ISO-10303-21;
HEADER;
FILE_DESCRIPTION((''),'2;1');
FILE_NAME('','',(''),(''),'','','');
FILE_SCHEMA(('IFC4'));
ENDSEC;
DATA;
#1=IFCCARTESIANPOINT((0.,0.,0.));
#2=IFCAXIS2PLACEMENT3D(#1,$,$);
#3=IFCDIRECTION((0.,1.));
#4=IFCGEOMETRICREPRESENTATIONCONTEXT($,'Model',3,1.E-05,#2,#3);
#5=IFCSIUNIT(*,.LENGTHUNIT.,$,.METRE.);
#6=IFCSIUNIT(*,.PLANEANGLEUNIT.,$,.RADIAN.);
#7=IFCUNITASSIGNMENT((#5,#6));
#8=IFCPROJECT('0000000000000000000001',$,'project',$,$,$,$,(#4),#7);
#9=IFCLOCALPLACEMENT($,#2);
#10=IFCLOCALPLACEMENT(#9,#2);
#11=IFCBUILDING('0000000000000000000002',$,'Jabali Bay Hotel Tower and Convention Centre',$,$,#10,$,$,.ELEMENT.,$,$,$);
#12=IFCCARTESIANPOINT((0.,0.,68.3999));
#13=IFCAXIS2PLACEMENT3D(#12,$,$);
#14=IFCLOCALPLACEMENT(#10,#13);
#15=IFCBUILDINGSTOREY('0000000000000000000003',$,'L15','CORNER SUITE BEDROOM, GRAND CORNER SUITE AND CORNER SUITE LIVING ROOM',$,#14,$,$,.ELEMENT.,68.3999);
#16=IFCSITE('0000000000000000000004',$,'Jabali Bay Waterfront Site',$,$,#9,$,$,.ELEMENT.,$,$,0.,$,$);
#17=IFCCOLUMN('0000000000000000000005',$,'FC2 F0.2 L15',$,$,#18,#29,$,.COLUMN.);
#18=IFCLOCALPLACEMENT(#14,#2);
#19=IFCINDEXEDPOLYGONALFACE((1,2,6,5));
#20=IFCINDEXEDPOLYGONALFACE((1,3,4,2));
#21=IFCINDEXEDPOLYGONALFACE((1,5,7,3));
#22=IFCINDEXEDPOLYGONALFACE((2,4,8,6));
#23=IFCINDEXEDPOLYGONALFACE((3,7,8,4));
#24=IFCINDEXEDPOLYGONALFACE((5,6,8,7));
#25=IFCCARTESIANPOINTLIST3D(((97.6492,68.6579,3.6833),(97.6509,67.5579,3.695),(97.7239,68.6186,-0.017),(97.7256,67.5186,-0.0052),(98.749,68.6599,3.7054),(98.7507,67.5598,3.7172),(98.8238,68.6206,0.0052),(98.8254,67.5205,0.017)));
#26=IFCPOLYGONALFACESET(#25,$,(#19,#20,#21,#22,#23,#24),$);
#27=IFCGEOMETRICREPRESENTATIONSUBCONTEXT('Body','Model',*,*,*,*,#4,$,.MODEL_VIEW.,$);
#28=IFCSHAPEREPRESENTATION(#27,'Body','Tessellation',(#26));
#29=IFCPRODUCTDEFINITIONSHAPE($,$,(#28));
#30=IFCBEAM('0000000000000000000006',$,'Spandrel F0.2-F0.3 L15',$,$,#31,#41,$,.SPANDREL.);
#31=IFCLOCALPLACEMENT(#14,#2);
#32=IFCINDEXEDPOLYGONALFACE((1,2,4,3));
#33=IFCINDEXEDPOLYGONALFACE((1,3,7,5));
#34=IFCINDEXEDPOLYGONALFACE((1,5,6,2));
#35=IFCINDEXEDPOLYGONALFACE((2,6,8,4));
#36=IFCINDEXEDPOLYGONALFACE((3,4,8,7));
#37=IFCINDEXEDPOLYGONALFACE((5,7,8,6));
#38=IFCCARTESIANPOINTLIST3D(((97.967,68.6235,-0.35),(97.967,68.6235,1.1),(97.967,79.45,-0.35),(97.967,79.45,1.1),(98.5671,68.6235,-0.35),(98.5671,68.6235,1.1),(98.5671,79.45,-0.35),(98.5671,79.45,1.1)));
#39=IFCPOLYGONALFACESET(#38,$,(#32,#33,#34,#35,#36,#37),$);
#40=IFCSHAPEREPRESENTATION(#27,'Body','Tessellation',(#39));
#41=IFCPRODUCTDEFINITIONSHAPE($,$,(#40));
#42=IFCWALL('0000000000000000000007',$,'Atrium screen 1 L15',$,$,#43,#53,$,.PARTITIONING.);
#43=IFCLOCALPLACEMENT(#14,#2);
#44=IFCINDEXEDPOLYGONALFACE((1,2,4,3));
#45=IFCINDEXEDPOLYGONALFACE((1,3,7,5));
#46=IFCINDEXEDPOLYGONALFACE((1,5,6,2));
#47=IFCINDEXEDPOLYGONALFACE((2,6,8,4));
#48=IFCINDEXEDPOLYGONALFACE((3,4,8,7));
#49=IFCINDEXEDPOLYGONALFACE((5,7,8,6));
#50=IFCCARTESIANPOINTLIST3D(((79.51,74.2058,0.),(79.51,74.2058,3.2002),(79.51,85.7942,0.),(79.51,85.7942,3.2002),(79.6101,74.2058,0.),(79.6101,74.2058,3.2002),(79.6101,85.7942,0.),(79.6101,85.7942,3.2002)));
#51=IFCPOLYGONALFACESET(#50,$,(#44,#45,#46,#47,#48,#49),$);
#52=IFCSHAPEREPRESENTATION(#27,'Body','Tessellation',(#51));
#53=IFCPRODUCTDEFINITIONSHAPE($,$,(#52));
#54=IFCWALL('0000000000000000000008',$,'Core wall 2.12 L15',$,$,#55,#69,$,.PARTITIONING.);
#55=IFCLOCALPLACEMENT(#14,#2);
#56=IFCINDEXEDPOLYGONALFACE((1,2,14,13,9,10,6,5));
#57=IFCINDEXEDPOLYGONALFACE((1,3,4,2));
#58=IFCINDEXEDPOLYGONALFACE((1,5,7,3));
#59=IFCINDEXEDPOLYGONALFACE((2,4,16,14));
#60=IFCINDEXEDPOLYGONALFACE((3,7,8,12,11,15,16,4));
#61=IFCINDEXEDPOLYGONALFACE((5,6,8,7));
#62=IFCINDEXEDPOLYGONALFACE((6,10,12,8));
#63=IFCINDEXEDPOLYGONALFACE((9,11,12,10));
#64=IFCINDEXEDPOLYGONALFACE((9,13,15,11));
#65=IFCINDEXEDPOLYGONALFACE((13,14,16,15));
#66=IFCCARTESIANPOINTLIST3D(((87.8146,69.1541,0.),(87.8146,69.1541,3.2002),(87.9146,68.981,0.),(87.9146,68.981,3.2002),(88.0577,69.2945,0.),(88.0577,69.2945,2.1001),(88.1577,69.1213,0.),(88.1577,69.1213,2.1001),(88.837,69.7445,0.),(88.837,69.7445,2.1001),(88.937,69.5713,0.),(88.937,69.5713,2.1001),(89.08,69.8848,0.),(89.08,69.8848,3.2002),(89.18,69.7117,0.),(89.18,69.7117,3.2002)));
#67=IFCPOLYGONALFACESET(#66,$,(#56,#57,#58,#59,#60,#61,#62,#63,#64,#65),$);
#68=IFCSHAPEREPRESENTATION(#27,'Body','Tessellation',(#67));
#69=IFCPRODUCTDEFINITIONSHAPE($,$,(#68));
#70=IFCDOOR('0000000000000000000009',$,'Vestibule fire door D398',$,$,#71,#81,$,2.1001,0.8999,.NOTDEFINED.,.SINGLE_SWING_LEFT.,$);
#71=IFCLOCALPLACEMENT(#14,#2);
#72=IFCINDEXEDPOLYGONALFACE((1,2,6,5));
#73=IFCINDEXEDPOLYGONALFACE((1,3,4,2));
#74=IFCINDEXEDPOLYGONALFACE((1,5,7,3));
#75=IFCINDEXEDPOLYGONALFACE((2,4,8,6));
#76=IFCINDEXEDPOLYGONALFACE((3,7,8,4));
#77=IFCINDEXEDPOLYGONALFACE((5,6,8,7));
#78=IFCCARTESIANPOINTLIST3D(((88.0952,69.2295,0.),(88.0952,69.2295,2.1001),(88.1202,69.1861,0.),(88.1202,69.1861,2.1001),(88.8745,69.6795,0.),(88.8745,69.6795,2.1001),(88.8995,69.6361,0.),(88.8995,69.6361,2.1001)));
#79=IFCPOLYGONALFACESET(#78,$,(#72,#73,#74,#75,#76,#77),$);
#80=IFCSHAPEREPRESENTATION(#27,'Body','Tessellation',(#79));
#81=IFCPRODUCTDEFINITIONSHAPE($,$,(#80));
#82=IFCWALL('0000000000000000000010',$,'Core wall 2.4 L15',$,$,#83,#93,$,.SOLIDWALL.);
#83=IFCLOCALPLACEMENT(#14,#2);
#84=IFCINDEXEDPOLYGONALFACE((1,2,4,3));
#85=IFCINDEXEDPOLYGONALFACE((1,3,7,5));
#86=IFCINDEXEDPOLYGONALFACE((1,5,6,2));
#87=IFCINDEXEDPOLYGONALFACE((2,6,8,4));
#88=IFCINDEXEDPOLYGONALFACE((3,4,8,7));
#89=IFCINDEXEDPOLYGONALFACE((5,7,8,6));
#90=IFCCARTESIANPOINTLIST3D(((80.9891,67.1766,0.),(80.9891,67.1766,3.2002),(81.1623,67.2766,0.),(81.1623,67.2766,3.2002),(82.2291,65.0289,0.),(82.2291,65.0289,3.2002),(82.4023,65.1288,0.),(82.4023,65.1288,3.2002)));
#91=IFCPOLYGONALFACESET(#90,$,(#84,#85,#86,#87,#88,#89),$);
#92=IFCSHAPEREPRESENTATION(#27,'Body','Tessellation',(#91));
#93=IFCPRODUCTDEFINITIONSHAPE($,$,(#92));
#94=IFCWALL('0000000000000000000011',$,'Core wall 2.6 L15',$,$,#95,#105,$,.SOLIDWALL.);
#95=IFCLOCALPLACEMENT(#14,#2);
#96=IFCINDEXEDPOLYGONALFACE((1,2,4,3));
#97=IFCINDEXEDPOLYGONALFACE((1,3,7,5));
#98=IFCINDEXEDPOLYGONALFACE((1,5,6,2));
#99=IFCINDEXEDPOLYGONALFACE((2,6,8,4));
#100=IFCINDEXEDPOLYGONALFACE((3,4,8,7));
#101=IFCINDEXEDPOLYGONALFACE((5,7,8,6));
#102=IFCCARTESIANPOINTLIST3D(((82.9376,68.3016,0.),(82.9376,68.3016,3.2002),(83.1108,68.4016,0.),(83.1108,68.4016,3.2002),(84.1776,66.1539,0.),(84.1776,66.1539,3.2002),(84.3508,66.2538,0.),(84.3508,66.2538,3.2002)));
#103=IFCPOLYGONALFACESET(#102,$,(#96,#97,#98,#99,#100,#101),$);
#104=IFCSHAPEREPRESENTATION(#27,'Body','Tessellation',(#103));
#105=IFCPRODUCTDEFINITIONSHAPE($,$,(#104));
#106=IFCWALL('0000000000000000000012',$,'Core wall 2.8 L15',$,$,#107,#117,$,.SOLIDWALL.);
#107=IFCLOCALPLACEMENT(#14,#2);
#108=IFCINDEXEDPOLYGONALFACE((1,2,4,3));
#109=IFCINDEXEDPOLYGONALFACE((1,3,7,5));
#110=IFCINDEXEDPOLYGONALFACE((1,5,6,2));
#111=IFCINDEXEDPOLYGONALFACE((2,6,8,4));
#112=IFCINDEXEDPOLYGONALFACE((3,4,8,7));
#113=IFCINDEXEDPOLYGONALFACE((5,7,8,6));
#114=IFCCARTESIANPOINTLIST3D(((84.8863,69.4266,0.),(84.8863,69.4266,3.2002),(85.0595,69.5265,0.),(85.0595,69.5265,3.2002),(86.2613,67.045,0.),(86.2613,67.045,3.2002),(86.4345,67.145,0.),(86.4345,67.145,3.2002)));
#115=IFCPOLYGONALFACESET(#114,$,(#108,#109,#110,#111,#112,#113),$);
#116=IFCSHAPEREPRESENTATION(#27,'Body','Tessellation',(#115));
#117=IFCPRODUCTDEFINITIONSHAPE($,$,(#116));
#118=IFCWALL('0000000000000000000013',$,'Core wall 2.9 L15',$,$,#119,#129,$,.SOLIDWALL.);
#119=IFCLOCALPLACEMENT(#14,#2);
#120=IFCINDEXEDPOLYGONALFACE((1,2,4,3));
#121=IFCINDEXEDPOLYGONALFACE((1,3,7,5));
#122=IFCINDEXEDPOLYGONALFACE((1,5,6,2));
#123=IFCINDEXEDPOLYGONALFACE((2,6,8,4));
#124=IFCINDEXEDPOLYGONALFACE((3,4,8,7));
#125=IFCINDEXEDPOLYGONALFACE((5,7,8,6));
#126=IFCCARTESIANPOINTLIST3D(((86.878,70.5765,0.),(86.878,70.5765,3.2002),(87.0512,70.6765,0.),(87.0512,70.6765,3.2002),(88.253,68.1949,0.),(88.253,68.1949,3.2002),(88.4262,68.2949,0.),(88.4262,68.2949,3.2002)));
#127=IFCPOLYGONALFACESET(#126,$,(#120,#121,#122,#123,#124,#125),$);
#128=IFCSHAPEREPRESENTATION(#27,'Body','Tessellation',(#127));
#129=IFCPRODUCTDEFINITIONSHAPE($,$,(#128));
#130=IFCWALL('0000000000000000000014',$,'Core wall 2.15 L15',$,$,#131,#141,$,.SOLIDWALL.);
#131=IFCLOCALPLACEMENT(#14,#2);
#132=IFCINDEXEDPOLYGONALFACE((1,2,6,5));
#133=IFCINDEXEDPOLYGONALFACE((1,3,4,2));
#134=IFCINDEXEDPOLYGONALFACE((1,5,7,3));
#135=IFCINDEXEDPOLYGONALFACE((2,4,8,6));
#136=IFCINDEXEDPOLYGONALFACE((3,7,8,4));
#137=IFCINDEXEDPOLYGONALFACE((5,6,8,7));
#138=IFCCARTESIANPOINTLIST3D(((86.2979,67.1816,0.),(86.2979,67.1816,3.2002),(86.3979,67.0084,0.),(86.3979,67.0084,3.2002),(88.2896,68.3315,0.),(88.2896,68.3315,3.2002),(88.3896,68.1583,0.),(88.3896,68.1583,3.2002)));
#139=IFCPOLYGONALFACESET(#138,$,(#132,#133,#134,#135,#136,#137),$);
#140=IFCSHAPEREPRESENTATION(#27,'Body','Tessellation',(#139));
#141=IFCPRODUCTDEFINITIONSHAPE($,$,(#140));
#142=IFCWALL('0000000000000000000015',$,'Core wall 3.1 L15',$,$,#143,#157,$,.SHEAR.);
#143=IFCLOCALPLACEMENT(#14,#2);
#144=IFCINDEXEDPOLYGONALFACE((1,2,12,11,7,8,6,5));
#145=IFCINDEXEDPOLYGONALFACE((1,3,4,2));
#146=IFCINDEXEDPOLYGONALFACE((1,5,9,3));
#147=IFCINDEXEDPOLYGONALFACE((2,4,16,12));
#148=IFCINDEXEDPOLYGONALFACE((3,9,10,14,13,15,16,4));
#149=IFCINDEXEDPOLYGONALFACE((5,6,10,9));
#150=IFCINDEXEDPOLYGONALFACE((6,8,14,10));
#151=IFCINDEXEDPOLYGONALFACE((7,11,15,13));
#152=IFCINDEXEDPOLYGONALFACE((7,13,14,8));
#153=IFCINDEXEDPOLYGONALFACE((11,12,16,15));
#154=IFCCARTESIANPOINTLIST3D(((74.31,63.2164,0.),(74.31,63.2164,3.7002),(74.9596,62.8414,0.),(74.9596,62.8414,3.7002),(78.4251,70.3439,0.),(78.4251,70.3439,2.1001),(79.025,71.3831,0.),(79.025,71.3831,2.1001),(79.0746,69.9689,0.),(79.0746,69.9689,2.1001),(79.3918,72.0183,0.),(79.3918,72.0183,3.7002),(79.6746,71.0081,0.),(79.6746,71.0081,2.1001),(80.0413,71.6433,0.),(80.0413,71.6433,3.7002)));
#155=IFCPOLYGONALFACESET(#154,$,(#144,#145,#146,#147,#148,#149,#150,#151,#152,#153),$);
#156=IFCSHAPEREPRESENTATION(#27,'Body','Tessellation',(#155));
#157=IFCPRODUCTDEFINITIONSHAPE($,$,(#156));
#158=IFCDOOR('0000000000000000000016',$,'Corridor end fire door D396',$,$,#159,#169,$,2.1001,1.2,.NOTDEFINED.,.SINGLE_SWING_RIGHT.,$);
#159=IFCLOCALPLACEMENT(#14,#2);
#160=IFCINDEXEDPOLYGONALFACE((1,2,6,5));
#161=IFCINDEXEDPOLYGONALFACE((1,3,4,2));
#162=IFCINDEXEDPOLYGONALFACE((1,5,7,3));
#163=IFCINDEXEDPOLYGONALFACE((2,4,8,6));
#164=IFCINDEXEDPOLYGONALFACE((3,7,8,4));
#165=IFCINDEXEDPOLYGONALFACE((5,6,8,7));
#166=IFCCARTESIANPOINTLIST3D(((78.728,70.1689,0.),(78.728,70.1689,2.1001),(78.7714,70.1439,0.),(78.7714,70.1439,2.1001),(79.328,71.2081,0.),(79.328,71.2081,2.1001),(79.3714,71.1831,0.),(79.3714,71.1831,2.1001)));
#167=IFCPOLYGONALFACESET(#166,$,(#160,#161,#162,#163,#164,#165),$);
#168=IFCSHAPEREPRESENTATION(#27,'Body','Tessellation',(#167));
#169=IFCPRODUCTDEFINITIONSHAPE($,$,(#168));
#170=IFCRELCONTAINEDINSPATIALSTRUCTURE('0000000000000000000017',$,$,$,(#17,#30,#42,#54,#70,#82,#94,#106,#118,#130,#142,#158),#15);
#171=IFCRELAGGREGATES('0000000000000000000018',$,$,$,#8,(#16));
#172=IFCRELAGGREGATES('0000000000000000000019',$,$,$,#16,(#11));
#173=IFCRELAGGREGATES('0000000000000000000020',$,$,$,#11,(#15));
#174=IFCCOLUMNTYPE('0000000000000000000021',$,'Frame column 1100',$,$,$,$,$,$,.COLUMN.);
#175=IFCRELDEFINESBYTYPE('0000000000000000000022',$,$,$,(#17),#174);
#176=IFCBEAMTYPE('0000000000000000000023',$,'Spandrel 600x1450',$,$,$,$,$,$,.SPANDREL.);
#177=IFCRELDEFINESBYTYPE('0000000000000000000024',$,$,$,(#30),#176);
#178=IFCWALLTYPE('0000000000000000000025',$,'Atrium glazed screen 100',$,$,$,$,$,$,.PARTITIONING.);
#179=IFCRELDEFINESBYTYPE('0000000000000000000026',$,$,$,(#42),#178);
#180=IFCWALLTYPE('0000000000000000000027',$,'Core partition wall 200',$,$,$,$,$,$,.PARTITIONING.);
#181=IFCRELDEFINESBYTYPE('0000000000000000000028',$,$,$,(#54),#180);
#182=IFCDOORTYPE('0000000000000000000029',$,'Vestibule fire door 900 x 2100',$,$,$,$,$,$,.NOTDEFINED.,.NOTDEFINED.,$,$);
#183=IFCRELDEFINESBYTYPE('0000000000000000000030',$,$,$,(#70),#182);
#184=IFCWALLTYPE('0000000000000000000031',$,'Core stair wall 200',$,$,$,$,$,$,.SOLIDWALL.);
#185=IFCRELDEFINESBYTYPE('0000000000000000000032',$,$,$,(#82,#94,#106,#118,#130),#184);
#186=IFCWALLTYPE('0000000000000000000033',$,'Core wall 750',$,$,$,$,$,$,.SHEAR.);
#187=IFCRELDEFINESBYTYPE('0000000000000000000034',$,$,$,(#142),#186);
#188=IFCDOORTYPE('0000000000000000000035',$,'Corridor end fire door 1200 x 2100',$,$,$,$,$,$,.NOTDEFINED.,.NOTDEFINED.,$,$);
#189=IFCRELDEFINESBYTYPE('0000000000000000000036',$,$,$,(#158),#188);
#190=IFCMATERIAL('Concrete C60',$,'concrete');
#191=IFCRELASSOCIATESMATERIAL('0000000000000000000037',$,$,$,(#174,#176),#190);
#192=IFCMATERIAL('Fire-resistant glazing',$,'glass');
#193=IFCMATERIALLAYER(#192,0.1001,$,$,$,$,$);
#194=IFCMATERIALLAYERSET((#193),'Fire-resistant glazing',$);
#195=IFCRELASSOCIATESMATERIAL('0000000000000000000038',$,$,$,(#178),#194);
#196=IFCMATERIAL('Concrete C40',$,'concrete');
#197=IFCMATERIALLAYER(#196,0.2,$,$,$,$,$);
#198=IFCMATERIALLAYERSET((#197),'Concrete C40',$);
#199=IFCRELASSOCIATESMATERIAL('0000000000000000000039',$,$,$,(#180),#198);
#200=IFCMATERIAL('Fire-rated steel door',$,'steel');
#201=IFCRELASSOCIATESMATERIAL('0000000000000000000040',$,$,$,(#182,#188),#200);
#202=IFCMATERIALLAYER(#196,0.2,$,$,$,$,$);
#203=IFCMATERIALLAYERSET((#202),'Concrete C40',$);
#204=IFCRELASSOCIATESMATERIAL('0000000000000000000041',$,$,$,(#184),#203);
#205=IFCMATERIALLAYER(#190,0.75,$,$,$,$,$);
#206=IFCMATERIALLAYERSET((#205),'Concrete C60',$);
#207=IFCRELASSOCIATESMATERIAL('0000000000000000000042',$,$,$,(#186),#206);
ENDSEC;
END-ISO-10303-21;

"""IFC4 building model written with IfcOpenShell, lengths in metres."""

from ifc_helpers import new_model, si_unit, direction, frame, frame_2d, origin, origin_2d, place, context, subcontext, project, spatial, rectangle, extrude, material, layer, layer_set, material_profile, profile_set, type_object, element, fill, save


model = new_model("IFC4")

# Units and contexts
model_context = context("Model", 3, precision=1e-05, world=origin(), true_north=direction((0.0, 1.0)))
body_context = subcontext(model_context, "Body", "Model", "MODEL_VIEW")
ifc_project = project(units=[si_unit("LENGTHUNIT", "METRE"), si_unit("PLANEANGLEUNIT", "RADIAN")], contexts=[model_context])

# Site, building, storey
site_placement = place(None, origin())
site = spatial("IfcSite", under=ifc_project, at=site_placement, Name="Jabali Bay Waterfront Site", CompositionType="ELEMENT", RefElevation=0.0)
building_placement = place(site_placement, origin())
building = spatial("IfcBuilding", under=site, at=building_placement, Name="Jabali Bay Hotel Tower and Convention Centre", CompositionType="ELEMENT")
storey_placement = place(building_placement, frame((0.0, 0.0, 68.3999)))
storey = spatial("IfcBuildingStorey", under=building, at=storey_placement, Name="L15", Description="CORNER SUITE BEDROOM, GRAND CORNER SUITE AND CORNER SUITE LIVING ROOM", CompositionType="ELEMENT", Elevation=68.3999)

# Column
ifc_material_1 = material(Name="Concrete C60", Category="concrete")
ifc_material_profile_1 = material_profile(ifc_material_1, rectangle(XDim=1.1001, YDim=1.1001, at=origin_2d()), Name="Frame column 1100")
ifc_profile_set_1 = profile_set([ifc_material_profile_1], Name="Concrete C60")
column_type = type_object("IfcColumnType", Name="Frame column 1100", PredefinedType="COLUMN", material=ifc_profile_set_1)
column_placement = place(storey_placement, frame((98.2747, 68.0696, 0.0), z_axis=(-0.020185, 0.01062, 0.99974), x_axis=(0.001527, -0.999942, 0.010653)))
element("IfcColumn", 1, at=column_placement, inside=storey, type_object=column_type, Name="FC2 F0.2 L15", PredefinedType="COLUMN", context=body_context, shape_type="SweptSolid", body=[
    extrude(rectangle(XDim=1.1001, YDim=1.1001, at=origin_2d()), origin(), (0.0, 0.0, 1.0), 3.7012),
])

# Beam
ifc_material_profile_2 = material_profile(ifc_material_1, rectangle(XDim=0.6001, YDim=1.45, at=origin_2d()), Name="Spandrel 600x1450")
ifc_profile_set_2 = profile_set([ifc_material_profile_2], Name="Concrete C60")
beam_type = type_object("IfcBeamType", Name="Spandrel 600x1450", PredefinedType="SPANDREL", material=ifc_profile_set_2)
beam_placement = place(storey_placement, frame((98.2671, 68.6235, 0.375), z_axis=(0.0, 1.0, 0.0), x_axis=(-1.0, 0.0, 0.0)))
element("IfcBeam", 2, at=beam_placement, inside=storey, type_object=beam_type, Name="Spandrel F0.2-F0.3 L15", PredefinedType="SPANDREL", context=body_context, shape_type="SweptSolid", body=[
    extrude(rectangle(XDim=0.6001, YDim=1.45, at=origin_2d()), origin(), (0.0, 0.0, 1.0), 10.8264),
])

# Wall
ifc_material_2 = material(Name="Fire-resistant glazing", Category="glass")
ifc_layer_1 = layer(ifc_material_2, 0.1001)
ifc_layer_set_1 = layer_set([ifc_layer_1], Name="Fire-resistant glazing")
wall_type_1 = type_object("IfcWallType", Name="Atrium glazed screen 100", PredefinedType="PARTITIONING", material=ifc_layer_set_1)
wall_1_placement = place(storey_placement, frame((79.5601, 74.2058, 0.0), z_axis=(0.0, 0.0, 1.0), x_axis=(0.0, 1.0, 0.0)))
element("IfcWall", 3, at=wall_1_placement, inside=storey, type_object=wall_type_1, Name="Atrium screen 1 L15", PredefinedType="PARTITIONING", context=body_context, shape_type="SweptSolid", body=[
    extrude(rectangle(XDim=11.5884, YDim=0.1001, at=frame_2d((5.7942, 0.0))), origin(), (0.0, 0.0, 1.0), 3.2002),
])

# Wall, opening, door
ifc_material_3 = material(Name="Concrete C40", Category="concrete")
ifc_layer_2 = layer(ifc_material_3, 0.2)
ifc_layer_set_2 = layer_set([ifc_layer_2], Name="Concrete C40")
wall_type_2 = type_object("IfcWallType", Name="Core partition wall 200", PredefinedType="PARTITIONING", material=ifc_layer_set_2)
wall_2_placement = place(storey_placement, frame((87.8647, 69.0676, 0.0), z_axis=(0.0, 0.0, 1.0), x_axis=(0.865982, 0.500074, 0.0)))
wall_2 = element("IfcWall", 4, at=wall_2_placement, inside=storey, type_object=wall_type_2, Name="Core wall 2.12 L15", PredefinedType="PARTITIONING", context=body_context, shape_type="SweptSolid", body=[
    extrude(rectangle(XDim=1.4612, YDim=0.2, at=frame_2d((0.7305, 0.0))), origin(), (0.0, 0.0, 1.0), 3.2002),
])
opening_1_placement = place(wall_2_placement, frame((0.2805, 0.0, 0.0)))
opening_1 = element("IfcOpeningElement", 5, at=opening_1_placement, cuts=wall_2, PredefinedType="OPENING", context=body_context, shape_type="SweptSolid", body=[
    extrude(rectangle(XDim=0.8999, YDim=2.1001, at=frame_2d((0.45, 1.05))), frame((0.0, 0.1104, 0.0), z_axis=(0.0, -1.0, 0.0), x_axis=(1.0, 0.0, 0.0)), (0.0, 0.0, 1.0), 0.2209),
])
ifc_material_4 = material(Name="Fire-rated steel door", Category="steel")
door_type_1 = type_object("IfcDoorType", Name="Vestibule fire door 900 x 2100", OperationType="NOTDEFINED", PredefinedType="NOTDEFINED", material=ifc_material_4)
door_1_placement = place(opening_1_placement, origin())
door_1 = element("IfcDoor", 6, at=door_1_placement, inside=storey, type_object=door_type_1, Name="Vestibule fire door D398", OperationType="SINGLE_SWING_LEFT", OverallHeight=2.1001, OverallWidth=0.8999, PredefinedType="NOTDEFINED", context=body_context, shape_type="SweptSolid", body=[
    extrude(rectangle(XDim=0.8999, YDim=2.1001, at=frame_2d((0.45, 1.05))), frame((0.0, 0.0249, 0.0), z_axis=(0.0, -1.0, 0.0), x_axis=(1.0, 0.0, 0.0)), (0.0, 0.0, 1.0), 0.05),
])
fill(opening_1, door_1)

# Walls
ifc_layer_3 = layer(ifc_material_3, 0.2)
ifc_layer_set_3 = layer_set([ifc_layer_3], Name="Concrete C40")
wall_type_3 = type_object("IfcWallType", Name="Core stair wall 200", PredefinedType="SOLIDWALL", material=ifc_layer_set_3)
for number, where, z_axis, x_axis, name in (
    (7, (81.0757, 67.2266, 0.0), (0.0, 0.0, 1.0), (0.500004, -0.866023, 0.0), "Core wall 2.4 L15"),
    (8, (83.0242, 68.3516, 0.0), (0.0, 0.0, 1.0), (0.500004, -0.866023, 0.0), "Core wall 2.6 L15"),
):
    element("IfcWall", number, at=place(storey_placement, frame(where, z_axis=z_axis, x_axis=x_axis)), inside=storey, type_object=wall_type_3, Name=name, PredefinedType="SOLIDWALL", context=body_context, shape_type="SweptSolid", body=[
        extrude(rectangle(XDim=2.48, YDim=0.2, at=frame_2d((1.24, 0.0))), origin(), (0.0, 0.0, 1.0), 3.2002),
    ])
for number, where, z_axis, x_axis, name in (
    (9, (84.9729, 69.4766, 0.0), (0.0, 0.0, 1.0), (0.499997, -0.866027, 0.0), "Core wall 2.8 L15"),
    (10, (86.9646, 70.6265, 0.0), (0.0, 0.0, 1.0), (0.499997, -0.866027, 0.0), "Core wall 2.9 L15"),
):
    element("IfcWall", number, at=place(storey_placement, frame(where, z_axis=z_axis, x_axis=x_axis)), inside=storey, type_object=wall_type_3, Name=name, PredefinedType="SOLIDWALL", context=body_context, shape_type="SweptSolid", body=[
        extrude(rectangle(XDim=2.75, YDim=0.2, at=frame_2d((1.375, 0.0))), origin(), (0.0, 0.0, 1.0), 3.2002),
    ])
wall_3_placement = place(storey_placement, frame((86.3479, 67.095, 0.0), z_axis=(0.0, 0.0, 1.0), x_axis=(0.866026, 0.499998, 0.0)))
element("IfcWall", 11, at=wall_3_placement, inside=storey, type_object=wall_type_3, Name="Core wall 2.15 L15", PredefinedType="SOLIDWALL", context=body_context, shape_type="SweptSolid", body=[
    extrude(rectangle(XDim=2.2998, YDim=0.2, at=frame_2d((1.1499, 0.0))), origin(), (0.0, 0.0, 1.0), 3.2002),
])

# Wall, opening, door
ifc_layer_4 = layer(ifc_material_1, 0.75)
ifc_layer_set_4 = layer_set([ifc_layer_4], Name="Concrete C60")
wall_type_4 = type_object("IfcWallType", Name="Core wall 750", PredefinedType="SHEAR", material=ifc_layer_set_4)
wall_4_placement = place(storey_placement, frame((79.7166, 71.8308, 0.0), z_axis=(0.0, 0.0, 1.0), x_axis=(-0.499996, -0.866028, 0.0)))
wall_4 = element("IfcWall", 12, at=wall_4_placement, inside=storey, type_object=wall_type_4, Name="Core wall 3.1 L15", PredefinedType="SHEAR", context=body_context, shape_type="SweptSolid", body=[
    extrude(rectangle(XDim=10.1636, YDim=0.75, at=frame_2d((5.0818, 0.0))), origin(), (0.0, 0.0, 1.0), 3.7002),
])
opening_2_placement = place(wall_4_placement, frame((0.7334, 0.0, 0.0)))
opening_2 = element("IfcOpeningElement", 13, at=opening_2_placement, cuts=wall_4, PredefinedType="OPENING", context=body_context, shape_type="SweptSolid", body=[
    extrude(rectangle(XDim=1.2, YDim=2.1001, at=frame_2d((0.6001, 1.05))), frame((0.0, 0.3855, 0.0), z_axis=(0.0, -1.0, 0.0), x_axis=(1.0, 0.0, 0.0)), (0.0, 0.0, 1.0), 0.771),
])
door_type_2 = type_object("IfcDoorType", Name="Corridor end fire door 1200 x 2100", OperationType="NOTDEFINED", PredefinedType="NOTDEFINED", material=ifc_material_4)
door_2_placement = place(opening_2_placement, origin())
door_2 = element("IfcDoor", 14, at=door_2_placement, inside=storey, type_object=door_type_2, Name="Corridor end fire door D396", OperationType="SINGLE_SWING_RIGHT", OverallHeight=2.1001, OverallWidth=1.2, PredefinedType="NOTDEFINED", context=body_context, shape_type="SweptSolid", body=[
    extrude(rectangle(XDim=1.2, YDim=2.1001, at=frame_2d((0.6001, 1.05))), frame((0.0, 0.0249, 0.0), z_axis=(0.0, -1.0, 0.0), x_axis=(1.0, 0.0, 0.0)), (0.0, 0.0, 1.0), 0.05),
])
fill(opening_2, door_2)

save(model, "model.ifc")
